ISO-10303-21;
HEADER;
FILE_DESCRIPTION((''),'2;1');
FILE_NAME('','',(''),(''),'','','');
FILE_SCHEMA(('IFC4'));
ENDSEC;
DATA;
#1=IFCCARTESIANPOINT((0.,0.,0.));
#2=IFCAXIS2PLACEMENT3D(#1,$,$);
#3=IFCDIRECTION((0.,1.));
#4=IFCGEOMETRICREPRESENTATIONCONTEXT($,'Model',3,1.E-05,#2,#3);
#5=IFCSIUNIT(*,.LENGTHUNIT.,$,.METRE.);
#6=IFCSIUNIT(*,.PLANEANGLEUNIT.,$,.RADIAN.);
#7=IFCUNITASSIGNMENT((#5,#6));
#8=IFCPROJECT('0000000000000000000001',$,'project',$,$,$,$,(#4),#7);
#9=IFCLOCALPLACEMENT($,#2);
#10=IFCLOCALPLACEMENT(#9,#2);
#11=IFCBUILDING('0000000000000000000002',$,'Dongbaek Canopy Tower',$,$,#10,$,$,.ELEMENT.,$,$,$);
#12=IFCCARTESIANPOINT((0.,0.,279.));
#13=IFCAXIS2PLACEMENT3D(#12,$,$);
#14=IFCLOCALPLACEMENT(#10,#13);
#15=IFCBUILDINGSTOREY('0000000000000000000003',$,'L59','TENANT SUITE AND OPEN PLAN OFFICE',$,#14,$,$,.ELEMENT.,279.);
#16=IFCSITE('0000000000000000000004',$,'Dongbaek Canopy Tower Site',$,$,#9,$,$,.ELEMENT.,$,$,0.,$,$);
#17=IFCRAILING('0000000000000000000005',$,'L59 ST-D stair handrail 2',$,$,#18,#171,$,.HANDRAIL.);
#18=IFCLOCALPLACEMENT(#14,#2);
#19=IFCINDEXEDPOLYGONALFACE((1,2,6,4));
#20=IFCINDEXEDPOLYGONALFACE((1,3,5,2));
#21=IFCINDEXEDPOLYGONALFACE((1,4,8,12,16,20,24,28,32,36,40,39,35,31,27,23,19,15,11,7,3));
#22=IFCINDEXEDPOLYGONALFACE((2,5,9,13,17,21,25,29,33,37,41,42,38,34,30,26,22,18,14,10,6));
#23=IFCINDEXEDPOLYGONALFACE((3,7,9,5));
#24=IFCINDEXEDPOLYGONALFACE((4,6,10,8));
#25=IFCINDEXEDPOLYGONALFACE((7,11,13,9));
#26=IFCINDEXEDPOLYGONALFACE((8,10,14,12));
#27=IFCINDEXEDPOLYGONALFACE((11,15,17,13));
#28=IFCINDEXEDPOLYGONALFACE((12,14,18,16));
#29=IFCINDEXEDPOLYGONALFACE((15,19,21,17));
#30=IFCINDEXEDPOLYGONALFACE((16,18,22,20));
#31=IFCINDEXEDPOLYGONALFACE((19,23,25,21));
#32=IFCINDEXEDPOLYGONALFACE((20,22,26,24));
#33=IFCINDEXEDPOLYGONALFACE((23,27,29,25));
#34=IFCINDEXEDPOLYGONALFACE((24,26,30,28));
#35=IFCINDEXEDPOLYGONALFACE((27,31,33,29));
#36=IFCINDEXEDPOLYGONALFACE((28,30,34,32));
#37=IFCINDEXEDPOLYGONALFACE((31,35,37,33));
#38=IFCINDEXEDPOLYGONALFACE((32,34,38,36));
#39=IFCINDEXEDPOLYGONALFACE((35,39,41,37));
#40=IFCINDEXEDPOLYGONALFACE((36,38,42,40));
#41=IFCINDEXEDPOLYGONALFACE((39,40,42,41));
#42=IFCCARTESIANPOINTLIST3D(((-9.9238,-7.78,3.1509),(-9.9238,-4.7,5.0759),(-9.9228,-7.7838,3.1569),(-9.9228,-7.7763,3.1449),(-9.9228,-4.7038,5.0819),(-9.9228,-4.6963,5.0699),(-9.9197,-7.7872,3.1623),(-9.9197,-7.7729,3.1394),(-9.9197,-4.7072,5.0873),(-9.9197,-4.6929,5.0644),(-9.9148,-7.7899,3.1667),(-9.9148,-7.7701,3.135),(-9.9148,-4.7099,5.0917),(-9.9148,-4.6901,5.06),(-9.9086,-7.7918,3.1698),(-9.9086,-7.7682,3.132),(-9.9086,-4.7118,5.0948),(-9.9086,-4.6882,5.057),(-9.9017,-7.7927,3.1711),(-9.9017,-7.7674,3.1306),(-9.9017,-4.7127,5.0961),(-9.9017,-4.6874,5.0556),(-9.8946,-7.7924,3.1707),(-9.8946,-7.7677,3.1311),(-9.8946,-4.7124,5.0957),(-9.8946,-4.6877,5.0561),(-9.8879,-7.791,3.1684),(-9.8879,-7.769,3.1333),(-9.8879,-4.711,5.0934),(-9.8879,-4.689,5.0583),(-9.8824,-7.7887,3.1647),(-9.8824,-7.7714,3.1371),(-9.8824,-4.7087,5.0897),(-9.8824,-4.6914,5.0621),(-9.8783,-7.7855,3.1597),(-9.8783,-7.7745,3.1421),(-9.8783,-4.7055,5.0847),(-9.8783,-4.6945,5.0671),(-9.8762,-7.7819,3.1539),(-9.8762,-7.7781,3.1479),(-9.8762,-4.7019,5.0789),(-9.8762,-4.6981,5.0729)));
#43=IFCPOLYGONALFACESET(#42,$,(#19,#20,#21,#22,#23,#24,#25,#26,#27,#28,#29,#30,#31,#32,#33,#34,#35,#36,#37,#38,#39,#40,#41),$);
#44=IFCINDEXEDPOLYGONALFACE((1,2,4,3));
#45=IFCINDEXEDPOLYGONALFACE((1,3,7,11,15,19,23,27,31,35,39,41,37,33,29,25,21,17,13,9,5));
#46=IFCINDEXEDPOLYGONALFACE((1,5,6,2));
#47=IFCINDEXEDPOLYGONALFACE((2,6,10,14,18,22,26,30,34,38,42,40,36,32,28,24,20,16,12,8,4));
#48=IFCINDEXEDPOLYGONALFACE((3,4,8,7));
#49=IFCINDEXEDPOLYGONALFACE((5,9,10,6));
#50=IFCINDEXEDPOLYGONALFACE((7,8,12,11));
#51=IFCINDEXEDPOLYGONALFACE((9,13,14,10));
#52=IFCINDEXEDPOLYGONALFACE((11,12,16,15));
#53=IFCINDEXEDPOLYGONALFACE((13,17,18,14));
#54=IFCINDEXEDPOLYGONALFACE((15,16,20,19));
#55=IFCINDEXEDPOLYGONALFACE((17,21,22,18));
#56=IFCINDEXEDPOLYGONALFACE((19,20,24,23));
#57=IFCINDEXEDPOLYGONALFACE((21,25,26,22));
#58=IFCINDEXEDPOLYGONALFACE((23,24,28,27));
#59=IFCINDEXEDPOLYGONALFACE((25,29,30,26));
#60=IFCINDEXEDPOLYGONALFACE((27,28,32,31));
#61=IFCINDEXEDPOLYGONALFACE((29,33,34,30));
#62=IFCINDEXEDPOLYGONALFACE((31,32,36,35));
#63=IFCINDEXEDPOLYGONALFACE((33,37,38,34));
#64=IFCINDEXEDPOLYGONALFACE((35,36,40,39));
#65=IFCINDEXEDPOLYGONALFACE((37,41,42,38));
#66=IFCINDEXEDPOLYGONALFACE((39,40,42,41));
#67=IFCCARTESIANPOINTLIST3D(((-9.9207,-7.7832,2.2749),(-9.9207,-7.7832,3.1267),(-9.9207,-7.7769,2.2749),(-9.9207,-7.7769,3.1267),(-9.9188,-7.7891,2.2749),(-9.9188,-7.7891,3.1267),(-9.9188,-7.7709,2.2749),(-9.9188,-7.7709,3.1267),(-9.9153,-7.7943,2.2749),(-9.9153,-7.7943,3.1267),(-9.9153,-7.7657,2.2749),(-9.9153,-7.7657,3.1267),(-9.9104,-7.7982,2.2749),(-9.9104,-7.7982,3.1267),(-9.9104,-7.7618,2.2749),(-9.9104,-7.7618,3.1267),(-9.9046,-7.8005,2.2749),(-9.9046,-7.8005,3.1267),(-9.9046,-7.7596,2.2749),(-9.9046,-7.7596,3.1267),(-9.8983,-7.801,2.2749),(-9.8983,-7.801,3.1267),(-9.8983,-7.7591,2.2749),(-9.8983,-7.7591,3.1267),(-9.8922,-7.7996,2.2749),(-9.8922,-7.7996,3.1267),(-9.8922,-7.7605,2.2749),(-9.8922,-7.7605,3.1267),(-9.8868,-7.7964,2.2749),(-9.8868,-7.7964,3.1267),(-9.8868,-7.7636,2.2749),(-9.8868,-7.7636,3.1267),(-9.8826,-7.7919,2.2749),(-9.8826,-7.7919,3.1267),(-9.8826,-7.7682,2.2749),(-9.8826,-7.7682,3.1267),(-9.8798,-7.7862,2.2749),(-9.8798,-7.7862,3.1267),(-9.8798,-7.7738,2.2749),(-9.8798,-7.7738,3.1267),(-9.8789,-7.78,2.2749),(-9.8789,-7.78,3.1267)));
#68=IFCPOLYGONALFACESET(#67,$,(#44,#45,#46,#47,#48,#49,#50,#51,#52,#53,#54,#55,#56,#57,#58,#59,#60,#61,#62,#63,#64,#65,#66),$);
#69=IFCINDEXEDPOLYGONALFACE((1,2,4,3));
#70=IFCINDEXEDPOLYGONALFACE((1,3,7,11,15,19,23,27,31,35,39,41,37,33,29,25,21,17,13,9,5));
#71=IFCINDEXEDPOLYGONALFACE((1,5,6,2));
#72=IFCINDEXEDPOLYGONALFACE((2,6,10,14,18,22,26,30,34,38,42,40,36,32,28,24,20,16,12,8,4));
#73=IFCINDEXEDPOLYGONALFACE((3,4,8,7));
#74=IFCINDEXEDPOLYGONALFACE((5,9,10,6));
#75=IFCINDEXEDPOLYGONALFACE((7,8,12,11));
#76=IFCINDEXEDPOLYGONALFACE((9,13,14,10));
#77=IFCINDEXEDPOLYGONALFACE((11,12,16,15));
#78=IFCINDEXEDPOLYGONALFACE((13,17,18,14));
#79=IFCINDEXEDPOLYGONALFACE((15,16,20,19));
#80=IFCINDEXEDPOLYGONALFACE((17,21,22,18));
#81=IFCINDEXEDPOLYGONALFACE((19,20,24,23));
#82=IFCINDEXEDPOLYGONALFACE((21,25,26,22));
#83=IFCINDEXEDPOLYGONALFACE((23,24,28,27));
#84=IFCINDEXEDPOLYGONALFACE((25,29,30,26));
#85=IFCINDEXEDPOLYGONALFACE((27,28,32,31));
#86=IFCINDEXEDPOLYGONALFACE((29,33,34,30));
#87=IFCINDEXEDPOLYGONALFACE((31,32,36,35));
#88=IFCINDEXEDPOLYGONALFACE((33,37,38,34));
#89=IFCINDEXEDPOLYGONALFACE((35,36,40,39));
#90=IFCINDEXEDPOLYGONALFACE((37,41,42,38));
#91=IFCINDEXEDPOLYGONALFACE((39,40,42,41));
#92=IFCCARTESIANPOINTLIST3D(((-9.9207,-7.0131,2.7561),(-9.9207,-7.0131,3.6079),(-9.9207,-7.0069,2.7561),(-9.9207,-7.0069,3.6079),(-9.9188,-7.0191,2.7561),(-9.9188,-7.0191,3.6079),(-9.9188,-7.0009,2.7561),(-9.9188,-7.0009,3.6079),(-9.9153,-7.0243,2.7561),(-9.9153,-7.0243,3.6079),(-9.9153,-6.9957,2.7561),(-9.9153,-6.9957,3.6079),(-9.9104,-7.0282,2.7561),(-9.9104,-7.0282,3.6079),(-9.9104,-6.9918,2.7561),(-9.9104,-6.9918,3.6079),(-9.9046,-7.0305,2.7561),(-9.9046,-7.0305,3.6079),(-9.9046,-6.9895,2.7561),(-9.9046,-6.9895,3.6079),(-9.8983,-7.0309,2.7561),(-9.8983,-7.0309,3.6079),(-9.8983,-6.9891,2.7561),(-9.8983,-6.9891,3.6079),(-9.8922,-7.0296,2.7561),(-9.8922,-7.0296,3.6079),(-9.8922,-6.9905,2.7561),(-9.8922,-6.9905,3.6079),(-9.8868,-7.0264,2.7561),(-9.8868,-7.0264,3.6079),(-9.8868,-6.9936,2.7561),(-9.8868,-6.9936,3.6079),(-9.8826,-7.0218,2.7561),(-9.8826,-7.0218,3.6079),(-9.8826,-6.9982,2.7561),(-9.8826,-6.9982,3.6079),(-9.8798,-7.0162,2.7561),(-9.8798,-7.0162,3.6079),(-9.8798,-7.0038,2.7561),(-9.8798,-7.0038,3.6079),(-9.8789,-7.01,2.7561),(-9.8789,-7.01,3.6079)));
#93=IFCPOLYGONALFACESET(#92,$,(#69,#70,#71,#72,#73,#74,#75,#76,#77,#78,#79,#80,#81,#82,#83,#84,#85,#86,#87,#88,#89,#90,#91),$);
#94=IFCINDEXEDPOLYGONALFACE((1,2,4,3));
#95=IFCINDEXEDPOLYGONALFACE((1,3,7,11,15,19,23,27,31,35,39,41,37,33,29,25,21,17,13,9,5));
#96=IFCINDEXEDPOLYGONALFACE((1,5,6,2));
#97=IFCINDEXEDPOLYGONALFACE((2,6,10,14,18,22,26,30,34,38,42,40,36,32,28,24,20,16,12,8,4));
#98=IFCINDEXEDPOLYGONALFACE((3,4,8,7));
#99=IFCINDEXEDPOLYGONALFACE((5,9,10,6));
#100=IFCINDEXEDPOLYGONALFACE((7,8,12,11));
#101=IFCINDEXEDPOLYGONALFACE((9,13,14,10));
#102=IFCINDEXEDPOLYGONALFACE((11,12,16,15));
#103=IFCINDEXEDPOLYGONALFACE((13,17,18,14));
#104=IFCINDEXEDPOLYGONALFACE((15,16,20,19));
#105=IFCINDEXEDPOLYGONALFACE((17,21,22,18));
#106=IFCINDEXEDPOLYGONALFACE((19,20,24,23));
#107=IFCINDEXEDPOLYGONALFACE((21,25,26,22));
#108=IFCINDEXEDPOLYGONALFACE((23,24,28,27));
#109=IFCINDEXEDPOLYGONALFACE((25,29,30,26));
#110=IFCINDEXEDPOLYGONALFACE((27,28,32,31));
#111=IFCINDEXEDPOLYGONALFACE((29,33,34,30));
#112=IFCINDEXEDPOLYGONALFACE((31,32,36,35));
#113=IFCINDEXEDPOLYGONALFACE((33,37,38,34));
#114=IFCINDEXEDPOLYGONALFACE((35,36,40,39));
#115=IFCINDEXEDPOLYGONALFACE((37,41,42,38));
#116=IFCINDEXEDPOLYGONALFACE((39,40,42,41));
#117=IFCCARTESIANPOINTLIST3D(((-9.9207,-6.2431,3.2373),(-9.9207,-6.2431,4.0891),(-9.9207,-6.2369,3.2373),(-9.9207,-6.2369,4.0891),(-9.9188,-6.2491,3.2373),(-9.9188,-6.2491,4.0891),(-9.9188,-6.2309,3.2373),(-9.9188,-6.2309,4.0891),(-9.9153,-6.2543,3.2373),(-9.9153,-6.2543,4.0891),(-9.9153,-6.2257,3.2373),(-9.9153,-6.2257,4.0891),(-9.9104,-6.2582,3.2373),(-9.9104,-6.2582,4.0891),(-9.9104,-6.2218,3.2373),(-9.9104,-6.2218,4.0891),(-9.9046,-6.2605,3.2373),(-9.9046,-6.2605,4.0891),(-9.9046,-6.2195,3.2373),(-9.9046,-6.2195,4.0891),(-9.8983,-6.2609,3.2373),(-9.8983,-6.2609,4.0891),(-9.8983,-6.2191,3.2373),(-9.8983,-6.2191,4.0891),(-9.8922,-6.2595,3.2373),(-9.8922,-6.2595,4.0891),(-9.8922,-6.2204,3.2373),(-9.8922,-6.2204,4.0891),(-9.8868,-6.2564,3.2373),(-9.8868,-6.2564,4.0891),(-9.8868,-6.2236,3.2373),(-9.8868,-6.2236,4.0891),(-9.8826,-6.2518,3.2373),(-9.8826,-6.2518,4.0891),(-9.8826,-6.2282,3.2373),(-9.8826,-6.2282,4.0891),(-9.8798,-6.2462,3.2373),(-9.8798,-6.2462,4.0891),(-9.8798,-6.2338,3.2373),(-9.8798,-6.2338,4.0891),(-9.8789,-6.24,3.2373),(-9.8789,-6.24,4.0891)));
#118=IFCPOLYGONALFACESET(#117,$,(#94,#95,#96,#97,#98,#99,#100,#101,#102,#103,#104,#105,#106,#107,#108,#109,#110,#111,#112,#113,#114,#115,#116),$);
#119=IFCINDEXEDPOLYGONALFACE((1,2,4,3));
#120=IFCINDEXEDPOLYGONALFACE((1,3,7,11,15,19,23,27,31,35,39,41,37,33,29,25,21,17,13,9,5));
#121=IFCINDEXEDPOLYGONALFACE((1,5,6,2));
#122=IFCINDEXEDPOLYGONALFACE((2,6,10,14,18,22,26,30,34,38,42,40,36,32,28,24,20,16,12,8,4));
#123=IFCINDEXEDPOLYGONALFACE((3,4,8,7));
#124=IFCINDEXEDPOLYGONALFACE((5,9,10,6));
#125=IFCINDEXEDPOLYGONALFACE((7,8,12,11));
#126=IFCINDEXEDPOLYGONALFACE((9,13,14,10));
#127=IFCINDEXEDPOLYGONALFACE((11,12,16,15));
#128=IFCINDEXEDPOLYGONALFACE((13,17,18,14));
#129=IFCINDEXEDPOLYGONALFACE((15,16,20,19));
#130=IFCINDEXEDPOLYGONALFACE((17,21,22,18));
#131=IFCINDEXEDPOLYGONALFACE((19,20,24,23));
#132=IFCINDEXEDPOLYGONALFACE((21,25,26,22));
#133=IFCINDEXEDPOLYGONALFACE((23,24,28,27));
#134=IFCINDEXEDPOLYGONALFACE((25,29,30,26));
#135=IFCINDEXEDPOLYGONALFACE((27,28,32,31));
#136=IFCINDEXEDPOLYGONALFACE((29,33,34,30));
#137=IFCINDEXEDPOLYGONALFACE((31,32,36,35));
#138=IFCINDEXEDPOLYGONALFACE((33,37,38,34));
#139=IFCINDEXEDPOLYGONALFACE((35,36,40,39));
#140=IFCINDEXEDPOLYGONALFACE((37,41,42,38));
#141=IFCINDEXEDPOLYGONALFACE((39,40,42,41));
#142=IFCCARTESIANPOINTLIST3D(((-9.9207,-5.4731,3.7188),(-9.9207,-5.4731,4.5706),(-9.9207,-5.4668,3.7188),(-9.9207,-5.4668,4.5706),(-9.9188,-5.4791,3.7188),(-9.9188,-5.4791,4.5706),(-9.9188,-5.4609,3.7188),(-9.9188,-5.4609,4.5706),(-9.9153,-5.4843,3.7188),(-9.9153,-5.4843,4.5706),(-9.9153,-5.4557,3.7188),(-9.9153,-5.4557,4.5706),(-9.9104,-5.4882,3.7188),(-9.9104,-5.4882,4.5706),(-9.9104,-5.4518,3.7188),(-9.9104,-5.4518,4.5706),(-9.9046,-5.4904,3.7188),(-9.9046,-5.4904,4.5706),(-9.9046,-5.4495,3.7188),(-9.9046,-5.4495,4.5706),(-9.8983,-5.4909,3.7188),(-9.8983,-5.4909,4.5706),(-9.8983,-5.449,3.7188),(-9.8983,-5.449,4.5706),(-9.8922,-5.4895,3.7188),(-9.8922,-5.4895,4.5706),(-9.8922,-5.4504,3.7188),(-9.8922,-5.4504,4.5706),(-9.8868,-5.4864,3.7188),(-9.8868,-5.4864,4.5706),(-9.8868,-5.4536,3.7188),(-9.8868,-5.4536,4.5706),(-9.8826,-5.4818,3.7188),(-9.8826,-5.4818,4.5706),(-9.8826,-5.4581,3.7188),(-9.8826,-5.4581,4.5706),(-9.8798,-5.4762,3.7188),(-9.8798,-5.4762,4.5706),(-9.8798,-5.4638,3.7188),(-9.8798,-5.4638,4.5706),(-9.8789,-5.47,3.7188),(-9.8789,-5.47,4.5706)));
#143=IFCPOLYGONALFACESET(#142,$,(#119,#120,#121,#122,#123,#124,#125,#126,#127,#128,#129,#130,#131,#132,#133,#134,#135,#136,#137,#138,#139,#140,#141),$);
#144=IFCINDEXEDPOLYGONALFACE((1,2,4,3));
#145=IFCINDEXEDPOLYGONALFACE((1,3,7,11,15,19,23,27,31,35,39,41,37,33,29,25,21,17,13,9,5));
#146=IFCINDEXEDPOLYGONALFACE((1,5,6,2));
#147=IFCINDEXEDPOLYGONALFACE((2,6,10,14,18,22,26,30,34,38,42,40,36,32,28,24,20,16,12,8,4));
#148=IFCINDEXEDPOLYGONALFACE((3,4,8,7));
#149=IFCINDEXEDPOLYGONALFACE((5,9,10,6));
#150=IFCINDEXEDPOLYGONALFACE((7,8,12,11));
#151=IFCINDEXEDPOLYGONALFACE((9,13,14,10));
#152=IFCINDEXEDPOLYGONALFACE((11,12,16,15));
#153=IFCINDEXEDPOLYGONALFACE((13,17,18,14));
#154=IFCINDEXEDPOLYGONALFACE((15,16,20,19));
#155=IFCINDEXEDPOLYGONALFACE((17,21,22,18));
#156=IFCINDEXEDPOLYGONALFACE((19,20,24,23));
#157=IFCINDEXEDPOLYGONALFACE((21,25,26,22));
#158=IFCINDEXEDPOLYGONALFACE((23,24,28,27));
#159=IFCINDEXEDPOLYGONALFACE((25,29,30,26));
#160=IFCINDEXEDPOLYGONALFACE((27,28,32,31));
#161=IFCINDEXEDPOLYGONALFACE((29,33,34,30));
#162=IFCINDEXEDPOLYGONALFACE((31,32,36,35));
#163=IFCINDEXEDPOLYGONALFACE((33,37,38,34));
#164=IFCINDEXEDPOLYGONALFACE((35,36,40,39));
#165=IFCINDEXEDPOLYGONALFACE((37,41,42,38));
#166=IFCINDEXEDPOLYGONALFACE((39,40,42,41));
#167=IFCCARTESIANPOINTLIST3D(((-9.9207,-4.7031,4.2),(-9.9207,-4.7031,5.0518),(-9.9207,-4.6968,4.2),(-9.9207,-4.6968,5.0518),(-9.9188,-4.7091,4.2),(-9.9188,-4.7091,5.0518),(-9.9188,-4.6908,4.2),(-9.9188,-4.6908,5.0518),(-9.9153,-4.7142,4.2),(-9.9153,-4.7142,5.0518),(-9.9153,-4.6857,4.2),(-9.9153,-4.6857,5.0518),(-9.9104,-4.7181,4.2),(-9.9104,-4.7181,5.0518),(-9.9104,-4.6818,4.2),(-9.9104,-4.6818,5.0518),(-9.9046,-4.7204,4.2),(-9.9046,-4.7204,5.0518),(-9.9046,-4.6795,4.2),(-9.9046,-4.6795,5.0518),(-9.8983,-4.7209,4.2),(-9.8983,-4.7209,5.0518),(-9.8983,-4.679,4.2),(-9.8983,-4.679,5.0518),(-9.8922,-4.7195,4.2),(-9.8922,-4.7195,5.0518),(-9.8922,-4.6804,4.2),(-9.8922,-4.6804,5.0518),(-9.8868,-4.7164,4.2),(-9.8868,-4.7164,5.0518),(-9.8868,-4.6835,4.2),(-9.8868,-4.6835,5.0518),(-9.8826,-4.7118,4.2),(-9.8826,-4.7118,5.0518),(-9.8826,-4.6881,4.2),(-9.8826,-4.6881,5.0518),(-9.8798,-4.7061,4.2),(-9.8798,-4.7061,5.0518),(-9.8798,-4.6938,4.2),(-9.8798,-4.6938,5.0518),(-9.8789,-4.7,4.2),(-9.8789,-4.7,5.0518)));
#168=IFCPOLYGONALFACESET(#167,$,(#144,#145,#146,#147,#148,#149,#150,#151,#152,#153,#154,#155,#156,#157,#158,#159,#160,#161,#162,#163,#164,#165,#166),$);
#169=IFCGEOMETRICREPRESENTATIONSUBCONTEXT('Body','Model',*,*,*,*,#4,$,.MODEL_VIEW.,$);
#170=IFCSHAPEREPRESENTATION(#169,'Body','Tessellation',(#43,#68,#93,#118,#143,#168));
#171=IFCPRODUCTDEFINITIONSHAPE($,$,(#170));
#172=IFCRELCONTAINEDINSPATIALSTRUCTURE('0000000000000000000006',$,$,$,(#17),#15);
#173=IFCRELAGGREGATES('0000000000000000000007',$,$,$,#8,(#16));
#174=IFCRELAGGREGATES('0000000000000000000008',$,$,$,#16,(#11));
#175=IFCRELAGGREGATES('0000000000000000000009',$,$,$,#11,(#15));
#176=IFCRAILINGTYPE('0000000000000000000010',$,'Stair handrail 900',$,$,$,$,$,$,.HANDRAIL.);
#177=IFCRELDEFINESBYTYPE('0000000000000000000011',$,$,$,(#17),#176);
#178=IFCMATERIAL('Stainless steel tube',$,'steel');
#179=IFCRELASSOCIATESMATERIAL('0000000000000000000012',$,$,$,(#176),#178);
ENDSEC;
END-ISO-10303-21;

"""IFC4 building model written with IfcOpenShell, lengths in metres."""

from ifc_helpers import new_model, si_unit, direction, frame, origin, origin_2d, place, context, subcontext, project, spatial, circle, extrude, material, type_object, element, save


model = new_model("IFC4")

# Units and contexts
model_context = context("Model", 3, precision=1e-05, world=origin(), true_north=direction((0.0, 1.0)))
body_context = subcontext(model_context, "Body", "Model", "MODEL_VIEW")
ifc_project = project(units=[si_unit("LENGTHUNIT", "METRE"), si_unit("PLANEANGLEUNIT", "RADIAN")], contexts=[model_context])

# Site, building, storey
site_placement = place(None, origin())
site = spatial("IfcSite", under=ifc_project, at=site_placement, Name="Dongbaek Canopy Tower Site", CompositionType="ELEMENT", RefElevation=0.0)
building_placement = place(site_placement, origin())
building = spatial("IfcBuilding", under=site, at=building_placement, Name="Dongbaek Canopy Tower", CompositionType="ELEMENT")
storey_placement = place(building_placement, frame((0.0, 0.0, 279.0)))
storey = spatial("IfcBuildingStorey", under=building, at=storey_placement, Name="L59", Description="TENANT SUITE AND OPEN PLAN OFFICE", CompositionType="ELEMENT", Elevation=279.0)

# Railing
ifc_material_1 = material(Name="Stainless steel tube", Category="steel")
railing_type_1 = type_object("IfcRailingType", Name="Stair handrail 900", PredefinedType="HANDRAIL", material=ifc_material_1)
railing_1_placement = place(storey_placement, frame((-9.8999, -7.78, 2.2749)))
element("IfcRailing", 1, at=railing_1_placement, inside=storey, type_object=railing_type_1, Name="L59 ST-D stair handrail 2", PredefinedType="HANDRAIL", context=body_context, shape_type="SweptSolid", body=[
    extrude(circle(Radius=0.0239, at=origin_2d()), frame((0.0, 0.0, 0.876), z_axis=(0.0, 0.847998, 0.529999), x_axis=(-1.0, 0.0, 0.0)), (0.0, 0.0, 1.0), 3.6321),
    extrude(circle(Radius=0.021, at=origin_2d()), origin(), (0.0, 0.0, 1.0), 0.8518),
    extrude(circle(Radius=0.021, at=origin_2d()), frame((0.0, 0.77, 0.4812)), (0.0, 0.0, 1.0), 0.8518),
    extrude(circle(Radius=0.021, at=origin_2d()), frame((0.0, 1.54, 0.9624)), (0.0, 0.0, 1.0), 0.8518),
    extrude(circle(Radius=0.021, at=origin_2d()), frame((0.0, 2.3101, 1.4438)), (0.0, 0.0, 1.0), 0.8518),
    extrude(circle(Radius=0.021, at=origin_2d()), frame((0.0, 3.0801, 1.925)), (0.0, 0.0, 1.0), 0.8518),
])

save(model, "model.ifc")
